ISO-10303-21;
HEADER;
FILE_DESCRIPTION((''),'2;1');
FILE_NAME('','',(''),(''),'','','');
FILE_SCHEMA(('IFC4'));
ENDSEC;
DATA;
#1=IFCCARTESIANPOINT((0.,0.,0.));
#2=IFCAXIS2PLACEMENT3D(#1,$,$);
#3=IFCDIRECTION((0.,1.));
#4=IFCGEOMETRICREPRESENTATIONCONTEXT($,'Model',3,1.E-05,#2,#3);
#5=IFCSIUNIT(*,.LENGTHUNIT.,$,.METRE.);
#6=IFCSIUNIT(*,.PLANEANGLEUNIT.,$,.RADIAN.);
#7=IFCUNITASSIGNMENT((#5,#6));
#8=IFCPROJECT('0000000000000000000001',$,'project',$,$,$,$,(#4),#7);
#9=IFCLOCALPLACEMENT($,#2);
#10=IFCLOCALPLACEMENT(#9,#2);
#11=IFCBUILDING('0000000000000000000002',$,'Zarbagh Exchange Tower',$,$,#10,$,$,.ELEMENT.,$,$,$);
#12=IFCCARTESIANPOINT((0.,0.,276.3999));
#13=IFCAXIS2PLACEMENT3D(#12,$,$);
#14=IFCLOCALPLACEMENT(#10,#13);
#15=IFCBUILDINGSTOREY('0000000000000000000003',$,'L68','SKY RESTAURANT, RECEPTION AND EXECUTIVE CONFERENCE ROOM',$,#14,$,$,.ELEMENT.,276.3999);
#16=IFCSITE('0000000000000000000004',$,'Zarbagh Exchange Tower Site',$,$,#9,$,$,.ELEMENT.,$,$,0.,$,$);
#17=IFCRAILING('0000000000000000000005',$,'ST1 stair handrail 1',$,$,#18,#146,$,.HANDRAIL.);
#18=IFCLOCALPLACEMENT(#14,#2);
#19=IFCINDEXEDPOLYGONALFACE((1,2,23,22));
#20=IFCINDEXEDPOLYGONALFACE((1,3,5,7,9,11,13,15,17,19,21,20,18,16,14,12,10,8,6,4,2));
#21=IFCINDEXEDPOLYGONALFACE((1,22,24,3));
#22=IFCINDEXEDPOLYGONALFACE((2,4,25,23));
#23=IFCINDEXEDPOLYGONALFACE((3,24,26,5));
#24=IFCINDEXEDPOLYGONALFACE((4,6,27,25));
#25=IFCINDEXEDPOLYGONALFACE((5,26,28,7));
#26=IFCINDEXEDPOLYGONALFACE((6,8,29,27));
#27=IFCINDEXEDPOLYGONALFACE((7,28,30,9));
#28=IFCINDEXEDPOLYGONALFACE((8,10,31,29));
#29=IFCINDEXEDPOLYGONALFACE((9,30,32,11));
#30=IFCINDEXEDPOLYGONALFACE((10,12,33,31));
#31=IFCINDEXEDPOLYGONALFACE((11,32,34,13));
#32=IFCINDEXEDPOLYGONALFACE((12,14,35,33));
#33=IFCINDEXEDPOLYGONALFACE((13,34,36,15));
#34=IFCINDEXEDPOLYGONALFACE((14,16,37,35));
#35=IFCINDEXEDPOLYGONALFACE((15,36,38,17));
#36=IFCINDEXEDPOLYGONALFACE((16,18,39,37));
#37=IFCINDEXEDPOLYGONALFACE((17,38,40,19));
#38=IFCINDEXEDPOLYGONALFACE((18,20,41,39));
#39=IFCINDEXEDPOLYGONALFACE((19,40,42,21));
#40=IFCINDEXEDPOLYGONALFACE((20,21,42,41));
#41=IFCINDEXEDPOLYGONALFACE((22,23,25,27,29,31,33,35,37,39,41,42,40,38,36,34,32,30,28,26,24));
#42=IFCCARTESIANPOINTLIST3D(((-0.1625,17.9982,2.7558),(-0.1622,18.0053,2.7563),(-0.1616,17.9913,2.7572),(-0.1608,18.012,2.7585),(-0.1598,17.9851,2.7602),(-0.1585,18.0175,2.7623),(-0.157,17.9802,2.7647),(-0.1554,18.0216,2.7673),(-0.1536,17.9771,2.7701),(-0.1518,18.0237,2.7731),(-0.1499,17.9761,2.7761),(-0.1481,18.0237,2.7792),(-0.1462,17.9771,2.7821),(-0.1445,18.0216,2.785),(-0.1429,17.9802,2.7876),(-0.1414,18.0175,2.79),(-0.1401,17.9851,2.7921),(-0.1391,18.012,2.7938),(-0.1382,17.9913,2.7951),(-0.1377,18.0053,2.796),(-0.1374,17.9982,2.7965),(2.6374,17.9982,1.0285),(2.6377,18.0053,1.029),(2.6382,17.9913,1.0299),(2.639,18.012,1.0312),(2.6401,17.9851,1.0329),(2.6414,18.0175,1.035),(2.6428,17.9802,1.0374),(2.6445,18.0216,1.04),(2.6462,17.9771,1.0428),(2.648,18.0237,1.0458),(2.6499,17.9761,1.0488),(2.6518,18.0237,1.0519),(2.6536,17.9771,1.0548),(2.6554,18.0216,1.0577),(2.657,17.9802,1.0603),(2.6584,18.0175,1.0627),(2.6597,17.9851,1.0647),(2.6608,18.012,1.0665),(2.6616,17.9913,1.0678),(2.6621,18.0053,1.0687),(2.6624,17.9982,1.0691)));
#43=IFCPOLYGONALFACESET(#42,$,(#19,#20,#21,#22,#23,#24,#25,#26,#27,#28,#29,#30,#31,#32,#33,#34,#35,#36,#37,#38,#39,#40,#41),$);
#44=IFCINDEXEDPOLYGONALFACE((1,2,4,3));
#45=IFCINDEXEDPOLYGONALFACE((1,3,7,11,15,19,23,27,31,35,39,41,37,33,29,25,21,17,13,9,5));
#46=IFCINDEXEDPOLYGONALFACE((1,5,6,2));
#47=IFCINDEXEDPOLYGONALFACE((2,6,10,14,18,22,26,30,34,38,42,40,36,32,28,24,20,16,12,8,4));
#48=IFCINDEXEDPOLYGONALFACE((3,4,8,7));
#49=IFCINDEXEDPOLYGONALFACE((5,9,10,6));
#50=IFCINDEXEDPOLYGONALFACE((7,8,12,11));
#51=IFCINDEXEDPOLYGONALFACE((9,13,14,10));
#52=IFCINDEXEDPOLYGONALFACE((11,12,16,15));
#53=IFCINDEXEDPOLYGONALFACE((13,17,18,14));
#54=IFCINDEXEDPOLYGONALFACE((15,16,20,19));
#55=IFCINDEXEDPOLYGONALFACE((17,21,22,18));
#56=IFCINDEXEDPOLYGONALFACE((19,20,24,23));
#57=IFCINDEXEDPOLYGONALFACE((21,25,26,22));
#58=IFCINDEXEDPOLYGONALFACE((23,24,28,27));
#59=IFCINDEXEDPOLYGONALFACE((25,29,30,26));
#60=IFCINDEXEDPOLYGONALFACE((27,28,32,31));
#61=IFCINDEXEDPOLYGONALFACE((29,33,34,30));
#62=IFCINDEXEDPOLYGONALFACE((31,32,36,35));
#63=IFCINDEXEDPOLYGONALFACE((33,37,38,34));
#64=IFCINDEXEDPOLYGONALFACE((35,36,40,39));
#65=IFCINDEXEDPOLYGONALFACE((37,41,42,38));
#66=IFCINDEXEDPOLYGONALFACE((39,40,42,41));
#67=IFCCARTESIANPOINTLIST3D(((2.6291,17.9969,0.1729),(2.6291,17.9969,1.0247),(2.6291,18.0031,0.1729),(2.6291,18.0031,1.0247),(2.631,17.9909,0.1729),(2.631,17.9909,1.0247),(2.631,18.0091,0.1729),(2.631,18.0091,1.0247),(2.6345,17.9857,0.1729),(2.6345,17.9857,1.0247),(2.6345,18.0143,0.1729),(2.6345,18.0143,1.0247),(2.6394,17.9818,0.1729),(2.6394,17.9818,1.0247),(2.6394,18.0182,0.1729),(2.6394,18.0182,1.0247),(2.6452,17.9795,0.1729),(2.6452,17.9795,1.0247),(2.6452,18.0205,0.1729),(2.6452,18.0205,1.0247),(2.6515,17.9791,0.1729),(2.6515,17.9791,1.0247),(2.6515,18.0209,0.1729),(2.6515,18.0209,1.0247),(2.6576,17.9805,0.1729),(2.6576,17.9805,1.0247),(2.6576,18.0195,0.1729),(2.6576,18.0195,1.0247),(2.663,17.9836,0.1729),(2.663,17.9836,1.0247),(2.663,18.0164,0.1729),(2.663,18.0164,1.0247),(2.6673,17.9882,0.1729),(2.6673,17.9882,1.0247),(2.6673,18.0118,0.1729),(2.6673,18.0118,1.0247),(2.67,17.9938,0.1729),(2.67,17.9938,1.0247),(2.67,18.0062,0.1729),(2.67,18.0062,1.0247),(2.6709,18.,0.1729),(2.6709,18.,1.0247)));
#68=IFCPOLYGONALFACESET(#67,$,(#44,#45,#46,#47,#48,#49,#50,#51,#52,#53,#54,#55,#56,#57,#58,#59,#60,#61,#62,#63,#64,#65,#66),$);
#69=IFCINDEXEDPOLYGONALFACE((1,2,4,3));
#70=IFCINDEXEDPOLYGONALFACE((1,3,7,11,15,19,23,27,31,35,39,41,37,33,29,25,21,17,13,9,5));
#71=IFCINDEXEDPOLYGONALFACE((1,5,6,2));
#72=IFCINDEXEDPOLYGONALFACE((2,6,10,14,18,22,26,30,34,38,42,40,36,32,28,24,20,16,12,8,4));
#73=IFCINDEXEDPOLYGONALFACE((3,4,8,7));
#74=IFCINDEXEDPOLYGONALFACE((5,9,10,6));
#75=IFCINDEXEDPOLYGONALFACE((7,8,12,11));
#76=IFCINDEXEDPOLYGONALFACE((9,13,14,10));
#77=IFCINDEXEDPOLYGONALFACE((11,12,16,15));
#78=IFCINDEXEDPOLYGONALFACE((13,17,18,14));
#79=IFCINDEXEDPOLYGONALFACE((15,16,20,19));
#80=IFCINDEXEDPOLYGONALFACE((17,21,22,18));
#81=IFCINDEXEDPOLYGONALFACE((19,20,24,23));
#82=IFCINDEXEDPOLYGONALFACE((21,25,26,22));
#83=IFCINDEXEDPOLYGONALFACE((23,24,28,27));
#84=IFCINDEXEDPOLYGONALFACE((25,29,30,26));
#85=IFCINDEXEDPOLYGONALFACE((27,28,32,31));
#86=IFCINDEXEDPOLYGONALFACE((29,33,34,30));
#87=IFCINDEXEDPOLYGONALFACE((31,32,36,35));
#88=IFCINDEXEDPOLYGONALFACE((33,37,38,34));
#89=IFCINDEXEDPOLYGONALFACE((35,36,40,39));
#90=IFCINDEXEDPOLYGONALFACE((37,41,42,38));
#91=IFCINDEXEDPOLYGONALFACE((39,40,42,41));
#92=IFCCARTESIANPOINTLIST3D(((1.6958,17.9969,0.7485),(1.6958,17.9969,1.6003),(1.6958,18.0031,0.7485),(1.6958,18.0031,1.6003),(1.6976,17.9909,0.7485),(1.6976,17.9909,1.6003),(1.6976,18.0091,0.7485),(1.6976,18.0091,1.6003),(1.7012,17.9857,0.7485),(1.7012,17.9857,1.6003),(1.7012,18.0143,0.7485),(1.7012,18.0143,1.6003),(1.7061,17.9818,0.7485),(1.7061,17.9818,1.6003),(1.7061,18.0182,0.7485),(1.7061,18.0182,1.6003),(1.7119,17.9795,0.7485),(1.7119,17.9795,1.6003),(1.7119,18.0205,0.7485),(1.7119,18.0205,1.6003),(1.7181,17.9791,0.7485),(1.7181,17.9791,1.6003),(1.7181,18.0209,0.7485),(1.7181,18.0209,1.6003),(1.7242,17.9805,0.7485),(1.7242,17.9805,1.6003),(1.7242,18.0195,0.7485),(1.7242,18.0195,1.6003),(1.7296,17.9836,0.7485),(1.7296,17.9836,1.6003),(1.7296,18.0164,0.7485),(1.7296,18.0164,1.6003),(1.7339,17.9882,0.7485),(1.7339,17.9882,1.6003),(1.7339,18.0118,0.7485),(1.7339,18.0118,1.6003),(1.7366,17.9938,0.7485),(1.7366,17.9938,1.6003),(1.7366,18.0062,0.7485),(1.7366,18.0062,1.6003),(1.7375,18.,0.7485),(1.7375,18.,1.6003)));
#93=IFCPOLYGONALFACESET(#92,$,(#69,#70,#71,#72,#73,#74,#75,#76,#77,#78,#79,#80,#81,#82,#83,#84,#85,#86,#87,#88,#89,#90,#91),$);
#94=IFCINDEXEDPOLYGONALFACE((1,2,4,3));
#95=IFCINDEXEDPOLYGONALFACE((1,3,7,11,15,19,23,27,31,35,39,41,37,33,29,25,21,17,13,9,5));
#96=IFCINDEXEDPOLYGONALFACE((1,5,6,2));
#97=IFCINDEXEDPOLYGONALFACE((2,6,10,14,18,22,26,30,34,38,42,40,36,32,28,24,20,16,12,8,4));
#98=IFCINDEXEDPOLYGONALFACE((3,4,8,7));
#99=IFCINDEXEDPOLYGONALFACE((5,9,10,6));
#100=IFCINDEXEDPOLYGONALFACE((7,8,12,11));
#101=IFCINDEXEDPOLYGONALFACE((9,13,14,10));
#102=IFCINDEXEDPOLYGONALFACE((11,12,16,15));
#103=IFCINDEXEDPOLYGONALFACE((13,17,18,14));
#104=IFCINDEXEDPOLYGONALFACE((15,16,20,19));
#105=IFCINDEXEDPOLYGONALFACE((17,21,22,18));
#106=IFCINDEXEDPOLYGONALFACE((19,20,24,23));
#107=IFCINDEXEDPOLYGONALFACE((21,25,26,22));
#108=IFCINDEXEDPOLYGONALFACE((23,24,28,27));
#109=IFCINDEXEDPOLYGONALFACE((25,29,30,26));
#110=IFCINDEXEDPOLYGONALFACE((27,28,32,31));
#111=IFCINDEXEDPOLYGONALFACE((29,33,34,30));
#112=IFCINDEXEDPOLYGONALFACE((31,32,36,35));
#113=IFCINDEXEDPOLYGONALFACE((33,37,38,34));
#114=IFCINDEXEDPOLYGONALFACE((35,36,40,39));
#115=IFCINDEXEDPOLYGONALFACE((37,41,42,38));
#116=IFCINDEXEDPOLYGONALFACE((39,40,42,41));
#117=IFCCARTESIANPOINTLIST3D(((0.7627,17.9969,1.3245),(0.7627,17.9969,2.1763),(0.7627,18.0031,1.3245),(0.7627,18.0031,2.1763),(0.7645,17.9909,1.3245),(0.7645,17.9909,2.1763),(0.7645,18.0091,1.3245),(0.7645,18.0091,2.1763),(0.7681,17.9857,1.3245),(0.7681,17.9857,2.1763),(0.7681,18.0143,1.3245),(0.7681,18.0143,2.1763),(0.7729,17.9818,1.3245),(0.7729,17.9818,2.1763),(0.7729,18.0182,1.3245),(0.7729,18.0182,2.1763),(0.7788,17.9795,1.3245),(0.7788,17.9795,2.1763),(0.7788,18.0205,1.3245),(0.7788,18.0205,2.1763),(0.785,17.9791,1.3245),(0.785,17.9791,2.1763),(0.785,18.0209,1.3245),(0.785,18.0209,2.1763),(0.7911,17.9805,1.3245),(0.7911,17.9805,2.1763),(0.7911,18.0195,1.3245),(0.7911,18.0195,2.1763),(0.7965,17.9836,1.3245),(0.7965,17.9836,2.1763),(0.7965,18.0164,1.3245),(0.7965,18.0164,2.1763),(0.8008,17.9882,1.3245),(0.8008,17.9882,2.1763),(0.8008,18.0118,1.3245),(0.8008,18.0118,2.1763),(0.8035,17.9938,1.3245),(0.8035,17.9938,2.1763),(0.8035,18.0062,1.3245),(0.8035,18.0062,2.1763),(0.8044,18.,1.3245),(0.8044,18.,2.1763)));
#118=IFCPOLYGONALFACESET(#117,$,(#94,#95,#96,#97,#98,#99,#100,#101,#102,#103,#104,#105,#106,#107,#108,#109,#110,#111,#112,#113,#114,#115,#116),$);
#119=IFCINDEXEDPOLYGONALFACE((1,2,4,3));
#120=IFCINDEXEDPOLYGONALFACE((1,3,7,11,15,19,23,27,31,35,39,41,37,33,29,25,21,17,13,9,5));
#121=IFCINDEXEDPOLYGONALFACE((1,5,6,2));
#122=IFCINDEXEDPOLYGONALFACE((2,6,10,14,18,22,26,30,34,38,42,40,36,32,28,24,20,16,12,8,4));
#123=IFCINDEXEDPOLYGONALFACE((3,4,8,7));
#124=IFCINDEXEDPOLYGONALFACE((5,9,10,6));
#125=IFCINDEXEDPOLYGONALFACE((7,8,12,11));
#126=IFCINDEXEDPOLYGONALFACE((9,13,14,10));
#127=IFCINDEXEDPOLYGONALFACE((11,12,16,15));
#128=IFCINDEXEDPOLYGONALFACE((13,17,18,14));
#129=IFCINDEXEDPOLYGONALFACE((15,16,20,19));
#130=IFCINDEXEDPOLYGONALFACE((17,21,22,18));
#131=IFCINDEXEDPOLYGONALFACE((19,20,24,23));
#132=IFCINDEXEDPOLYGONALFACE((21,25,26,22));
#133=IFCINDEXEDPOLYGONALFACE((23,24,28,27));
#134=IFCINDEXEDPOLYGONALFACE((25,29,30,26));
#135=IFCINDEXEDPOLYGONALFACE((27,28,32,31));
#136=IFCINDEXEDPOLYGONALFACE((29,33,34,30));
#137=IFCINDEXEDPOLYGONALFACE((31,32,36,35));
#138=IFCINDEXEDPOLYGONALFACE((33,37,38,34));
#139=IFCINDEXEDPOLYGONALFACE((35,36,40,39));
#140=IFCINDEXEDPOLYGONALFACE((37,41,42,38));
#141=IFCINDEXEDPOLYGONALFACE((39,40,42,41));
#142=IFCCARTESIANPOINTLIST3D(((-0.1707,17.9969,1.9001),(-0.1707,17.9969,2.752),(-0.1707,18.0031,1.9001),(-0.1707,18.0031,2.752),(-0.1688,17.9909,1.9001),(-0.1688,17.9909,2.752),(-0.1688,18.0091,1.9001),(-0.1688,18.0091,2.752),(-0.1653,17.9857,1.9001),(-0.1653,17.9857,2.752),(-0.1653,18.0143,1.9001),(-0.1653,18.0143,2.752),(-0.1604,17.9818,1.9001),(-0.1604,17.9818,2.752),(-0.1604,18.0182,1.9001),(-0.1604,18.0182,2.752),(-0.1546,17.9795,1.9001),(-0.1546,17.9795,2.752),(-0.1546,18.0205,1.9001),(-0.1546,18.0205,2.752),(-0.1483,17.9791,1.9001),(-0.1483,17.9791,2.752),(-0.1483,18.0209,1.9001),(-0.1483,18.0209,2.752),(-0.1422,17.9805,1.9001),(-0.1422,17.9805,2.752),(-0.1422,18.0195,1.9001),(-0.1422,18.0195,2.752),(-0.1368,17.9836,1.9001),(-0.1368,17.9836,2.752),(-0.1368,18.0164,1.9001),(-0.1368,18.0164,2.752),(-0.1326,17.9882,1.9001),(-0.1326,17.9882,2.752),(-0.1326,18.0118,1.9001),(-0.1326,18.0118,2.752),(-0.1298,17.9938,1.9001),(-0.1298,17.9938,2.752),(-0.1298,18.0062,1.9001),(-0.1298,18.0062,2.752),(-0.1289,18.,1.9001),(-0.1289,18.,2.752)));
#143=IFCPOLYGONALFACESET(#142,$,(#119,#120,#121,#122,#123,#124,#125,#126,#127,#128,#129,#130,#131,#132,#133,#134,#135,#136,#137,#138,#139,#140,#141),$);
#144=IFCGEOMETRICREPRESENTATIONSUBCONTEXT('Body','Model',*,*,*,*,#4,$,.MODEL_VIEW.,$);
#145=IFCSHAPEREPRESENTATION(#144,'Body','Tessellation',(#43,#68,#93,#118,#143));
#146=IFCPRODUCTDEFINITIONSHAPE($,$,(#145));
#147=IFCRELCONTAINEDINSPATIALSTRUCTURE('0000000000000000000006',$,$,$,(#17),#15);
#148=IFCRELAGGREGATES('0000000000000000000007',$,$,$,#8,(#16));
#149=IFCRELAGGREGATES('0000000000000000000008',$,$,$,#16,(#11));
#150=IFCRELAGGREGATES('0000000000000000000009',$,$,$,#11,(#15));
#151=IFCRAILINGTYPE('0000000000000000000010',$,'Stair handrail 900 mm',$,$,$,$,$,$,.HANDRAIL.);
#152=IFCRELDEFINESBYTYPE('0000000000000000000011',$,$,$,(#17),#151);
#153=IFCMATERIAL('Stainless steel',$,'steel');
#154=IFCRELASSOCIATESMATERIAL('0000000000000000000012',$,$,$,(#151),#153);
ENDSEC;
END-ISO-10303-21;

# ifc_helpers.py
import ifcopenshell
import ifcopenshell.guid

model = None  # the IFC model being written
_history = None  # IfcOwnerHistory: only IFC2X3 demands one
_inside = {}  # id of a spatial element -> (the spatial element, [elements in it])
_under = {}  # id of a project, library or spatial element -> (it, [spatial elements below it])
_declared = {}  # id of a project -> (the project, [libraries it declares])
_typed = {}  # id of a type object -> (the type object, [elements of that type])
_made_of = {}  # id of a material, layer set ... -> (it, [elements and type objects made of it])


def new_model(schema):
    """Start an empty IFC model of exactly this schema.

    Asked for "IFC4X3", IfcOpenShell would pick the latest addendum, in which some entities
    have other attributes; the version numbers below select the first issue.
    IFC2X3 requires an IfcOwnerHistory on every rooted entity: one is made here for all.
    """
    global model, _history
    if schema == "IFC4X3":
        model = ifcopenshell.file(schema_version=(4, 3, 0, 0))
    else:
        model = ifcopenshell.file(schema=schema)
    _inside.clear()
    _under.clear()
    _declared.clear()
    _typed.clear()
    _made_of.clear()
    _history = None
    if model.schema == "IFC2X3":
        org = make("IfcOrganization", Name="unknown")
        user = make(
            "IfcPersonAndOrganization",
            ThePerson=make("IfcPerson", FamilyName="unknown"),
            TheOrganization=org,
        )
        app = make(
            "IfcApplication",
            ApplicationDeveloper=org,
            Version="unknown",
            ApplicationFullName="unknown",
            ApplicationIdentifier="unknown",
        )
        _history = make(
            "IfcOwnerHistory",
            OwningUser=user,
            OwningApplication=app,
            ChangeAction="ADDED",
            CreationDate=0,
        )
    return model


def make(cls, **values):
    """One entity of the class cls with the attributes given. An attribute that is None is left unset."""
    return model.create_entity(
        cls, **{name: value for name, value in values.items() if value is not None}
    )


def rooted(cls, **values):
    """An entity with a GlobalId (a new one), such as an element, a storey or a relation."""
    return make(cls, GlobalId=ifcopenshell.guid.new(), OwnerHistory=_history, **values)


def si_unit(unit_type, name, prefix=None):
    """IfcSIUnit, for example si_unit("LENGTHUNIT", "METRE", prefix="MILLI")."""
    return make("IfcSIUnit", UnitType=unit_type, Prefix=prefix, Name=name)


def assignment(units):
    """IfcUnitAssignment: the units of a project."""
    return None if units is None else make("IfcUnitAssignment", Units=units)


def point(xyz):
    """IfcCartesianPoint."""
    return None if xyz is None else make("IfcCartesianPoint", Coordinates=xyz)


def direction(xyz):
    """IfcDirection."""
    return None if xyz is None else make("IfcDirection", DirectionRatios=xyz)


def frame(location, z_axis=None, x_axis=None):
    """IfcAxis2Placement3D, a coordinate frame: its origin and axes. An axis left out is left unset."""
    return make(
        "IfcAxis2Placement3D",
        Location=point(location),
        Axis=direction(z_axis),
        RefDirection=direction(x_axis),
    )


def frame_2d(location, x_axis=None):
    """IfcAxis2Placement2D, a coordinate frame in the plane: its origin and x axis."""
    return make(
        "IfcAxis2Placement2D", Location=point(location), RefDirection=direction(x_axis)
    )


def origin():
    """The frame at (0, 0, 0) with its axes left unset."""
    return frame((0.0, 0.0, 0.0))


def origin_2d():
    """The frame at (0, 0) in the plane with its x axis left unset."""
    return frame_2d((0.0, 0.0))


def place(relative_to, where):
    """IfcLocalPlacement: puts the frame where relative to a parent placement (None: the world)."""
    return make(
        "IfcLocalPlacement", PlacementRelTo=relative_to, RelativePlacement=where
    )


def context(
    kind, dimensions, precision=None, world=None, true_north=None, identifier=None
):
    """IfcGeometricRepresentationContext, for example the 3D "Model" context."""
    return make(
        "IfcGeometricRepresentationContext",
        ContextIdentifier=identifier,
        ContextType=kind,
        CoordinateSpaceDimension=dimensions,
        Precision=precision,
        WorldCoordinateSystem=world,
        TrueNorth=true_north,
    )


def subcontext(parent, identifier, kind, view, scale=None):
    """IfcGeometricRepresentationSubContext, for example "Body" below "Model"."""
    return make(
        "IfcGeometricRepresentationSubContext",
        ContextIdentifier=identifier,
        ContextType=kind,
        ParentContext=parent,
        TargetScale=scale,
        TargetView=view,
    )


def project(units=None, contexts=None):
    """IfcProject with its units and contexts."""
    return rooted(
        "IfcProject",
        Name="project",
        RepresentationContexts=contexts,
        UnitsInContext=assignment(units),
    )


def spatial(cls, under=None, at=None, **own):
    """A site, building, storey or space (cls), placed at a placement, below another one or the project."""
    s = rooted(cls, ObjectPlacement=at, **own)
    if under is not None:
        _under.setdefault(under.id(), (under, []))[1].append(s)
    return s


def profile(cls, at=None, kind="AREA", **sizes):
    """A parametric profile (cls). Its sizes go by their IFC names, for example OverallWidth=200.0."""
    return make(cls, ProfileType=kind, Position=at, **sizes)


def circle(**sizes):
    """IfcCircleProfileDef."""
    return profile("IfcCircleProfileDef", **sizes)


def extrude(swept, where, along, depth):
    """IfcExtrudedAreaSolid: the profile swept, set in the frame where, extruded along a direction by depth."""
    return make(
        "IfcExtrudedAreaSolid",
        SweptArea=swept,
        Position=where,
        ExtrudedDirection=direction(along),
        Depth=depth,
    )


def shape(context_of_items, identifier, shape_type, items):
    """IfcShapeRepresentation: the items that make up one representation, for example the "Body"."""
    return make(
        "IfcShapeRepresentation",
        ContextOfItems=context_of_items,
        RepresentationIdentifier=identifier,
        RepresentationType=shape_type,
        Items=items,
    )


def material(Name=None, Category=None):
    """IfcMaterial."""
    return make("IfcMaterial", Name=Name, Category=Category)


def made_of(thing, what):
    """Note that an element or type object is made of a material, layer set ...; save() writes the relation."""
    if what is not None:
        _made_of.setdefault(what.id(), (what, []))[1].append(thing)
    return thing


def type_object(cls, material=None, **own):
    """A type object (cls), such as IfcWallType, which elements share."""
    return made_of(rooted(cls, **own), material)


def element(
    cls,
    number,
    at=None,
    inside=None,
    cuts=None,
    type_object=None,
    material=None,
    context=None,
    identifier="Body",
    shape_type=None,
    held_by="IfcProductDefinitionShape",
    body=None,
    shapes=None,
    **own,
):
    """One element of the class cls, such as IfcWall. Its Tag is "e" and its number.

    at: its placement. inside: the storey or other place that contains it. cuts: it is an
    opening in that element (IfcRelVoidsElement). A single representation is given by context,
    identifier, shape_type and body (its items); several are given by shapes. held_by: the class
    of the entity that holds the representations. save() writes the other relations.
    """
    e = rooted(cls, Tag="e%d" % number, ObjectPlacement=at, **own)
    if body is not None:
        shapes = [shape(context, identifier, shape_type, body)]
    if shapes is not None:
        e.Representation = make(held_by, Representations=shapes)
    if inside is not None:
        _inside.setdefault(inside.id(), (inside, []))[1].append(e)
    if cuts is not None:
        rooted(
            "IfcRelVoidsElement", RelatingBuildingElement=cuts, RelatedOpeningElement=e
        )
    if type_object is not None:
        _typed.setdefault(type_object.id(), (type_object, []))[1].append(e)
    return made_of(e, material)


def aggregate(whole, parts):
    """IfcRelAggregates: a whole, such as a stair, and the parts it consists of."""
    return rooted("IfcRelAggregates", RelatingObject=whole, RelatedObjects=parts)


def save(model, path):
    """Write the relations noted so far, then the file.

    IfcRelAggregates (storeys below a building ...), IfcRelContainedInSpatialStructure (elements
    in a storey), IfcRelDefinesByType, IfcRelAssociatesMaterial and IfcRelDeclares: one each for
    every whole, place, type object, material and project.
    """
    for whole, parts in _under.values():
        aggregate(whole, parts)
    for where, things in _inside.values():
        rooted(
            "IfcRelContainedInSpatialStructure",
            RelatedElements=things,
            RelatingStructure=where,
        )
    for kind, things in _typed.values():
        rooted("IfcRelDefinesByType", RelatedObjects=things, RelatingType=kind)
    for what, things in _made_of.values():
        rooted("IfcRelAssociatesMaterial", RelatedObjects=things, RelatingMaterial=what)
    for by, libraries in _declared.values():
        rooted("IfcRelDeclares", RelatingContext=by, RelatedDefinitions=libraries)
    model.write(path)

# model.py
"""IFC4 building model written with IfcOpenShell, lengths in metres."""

from ifc_helpers import new_model, si_unit, direction, frame, origin, origin_2d, place, context, subcontext, project, spatial, circle, extrude, material, type_object, element, save


model = new_model("IFC4")

# Units and contexts
model_context = context("Model", 3, precision=1e-05, world=origin(), true_north=direction((0.0, 1.0)))
body_context = subcontext(model_context, "Body", "Model", "MODEL_VIEW")
ifc_project = project(units=[si_unit("LENGTHUNIT", "METRE"), si_unit("PLANEANGLEUNIT", "RADIAN")], contexts=[model_context])

# Site, building, storey
site_placement = place(None, origin())
site = spatial("IfcSite", under=ifc_project, at=site_placement, Name="Zarbagh Exchange Tower Site", CompositionType="ELEMENT", RefElevation=0.0)
building_placement = place(site_placement, origin())
building = spatial("IfcBuilding", under=site, at=building_placement, Name="Zarbagh Exchange Tower", CompositionType="ELEMENT")
storey_placement = place(building_placement, frame((0.0, 0.0, 276.3999)))
storey = spatial("IfcBuildingStorey", under=building, at=storey_placement, Name="L68", Description="SKY RESTAURANT, RECEPTION AND EXECUTIVE CONFERENCE ROOM", CompositionType="ELEMENT", Elevation=276.3999)

# Shared definitions
ifc_material_1 = material(Name="Stainless steel", Category="steel")

# Railing
railing_type_1 = type_object("IfcRailingType", Name="Stair handrail 900 mm", PredefinedType="HANDRAIL", material=ifc_material_1)
railing_1_placement = place(storey_placement, frame((2.6499, 18.0, 0.1729)))
element("IfcRailing", 1, at=railing_1_placement, inside=storey, type_object=railing_type_1, Name="ST1 stair handrail 1", PredefinedType="HANDRAIL", context=body_context, shape_type="SweptSolid", body=[
    extrude(circle(Radius=0.0239, at=origin_2d()), frame((0.0, 0.0, 0.876), z_axis=(-0.851069, 0.0, 0.525054), x_axis=(0.0, -1.0, 0.0)), (0.0, 0.0, 1.0), 3.2898),
    extrude(circle(Radius=0.021, at=origin_2d()), origin(), (0.0, 0.0, 1.0), 0.8518),
    extrude(circle(Radius=0.021, at=origin_2d()), frame((-0.9333, 0.0, 0.5757)), (0.0, 0.0, 1.0), 0.8518),
    extrude(circle(Radius=0.021, at=origin_2d()), frame((-1.8665, 0.0, 1.1516)), (0.0, 0.0, 1.0), 0.8518),
    extrude(circle(Radius=0.021, at=origin_2d()), frame((-2.7998, 0.0, 1.7273)), (0.0, 0.0, 1.0), 0.8518),
])

save(model, "model.ifc")
